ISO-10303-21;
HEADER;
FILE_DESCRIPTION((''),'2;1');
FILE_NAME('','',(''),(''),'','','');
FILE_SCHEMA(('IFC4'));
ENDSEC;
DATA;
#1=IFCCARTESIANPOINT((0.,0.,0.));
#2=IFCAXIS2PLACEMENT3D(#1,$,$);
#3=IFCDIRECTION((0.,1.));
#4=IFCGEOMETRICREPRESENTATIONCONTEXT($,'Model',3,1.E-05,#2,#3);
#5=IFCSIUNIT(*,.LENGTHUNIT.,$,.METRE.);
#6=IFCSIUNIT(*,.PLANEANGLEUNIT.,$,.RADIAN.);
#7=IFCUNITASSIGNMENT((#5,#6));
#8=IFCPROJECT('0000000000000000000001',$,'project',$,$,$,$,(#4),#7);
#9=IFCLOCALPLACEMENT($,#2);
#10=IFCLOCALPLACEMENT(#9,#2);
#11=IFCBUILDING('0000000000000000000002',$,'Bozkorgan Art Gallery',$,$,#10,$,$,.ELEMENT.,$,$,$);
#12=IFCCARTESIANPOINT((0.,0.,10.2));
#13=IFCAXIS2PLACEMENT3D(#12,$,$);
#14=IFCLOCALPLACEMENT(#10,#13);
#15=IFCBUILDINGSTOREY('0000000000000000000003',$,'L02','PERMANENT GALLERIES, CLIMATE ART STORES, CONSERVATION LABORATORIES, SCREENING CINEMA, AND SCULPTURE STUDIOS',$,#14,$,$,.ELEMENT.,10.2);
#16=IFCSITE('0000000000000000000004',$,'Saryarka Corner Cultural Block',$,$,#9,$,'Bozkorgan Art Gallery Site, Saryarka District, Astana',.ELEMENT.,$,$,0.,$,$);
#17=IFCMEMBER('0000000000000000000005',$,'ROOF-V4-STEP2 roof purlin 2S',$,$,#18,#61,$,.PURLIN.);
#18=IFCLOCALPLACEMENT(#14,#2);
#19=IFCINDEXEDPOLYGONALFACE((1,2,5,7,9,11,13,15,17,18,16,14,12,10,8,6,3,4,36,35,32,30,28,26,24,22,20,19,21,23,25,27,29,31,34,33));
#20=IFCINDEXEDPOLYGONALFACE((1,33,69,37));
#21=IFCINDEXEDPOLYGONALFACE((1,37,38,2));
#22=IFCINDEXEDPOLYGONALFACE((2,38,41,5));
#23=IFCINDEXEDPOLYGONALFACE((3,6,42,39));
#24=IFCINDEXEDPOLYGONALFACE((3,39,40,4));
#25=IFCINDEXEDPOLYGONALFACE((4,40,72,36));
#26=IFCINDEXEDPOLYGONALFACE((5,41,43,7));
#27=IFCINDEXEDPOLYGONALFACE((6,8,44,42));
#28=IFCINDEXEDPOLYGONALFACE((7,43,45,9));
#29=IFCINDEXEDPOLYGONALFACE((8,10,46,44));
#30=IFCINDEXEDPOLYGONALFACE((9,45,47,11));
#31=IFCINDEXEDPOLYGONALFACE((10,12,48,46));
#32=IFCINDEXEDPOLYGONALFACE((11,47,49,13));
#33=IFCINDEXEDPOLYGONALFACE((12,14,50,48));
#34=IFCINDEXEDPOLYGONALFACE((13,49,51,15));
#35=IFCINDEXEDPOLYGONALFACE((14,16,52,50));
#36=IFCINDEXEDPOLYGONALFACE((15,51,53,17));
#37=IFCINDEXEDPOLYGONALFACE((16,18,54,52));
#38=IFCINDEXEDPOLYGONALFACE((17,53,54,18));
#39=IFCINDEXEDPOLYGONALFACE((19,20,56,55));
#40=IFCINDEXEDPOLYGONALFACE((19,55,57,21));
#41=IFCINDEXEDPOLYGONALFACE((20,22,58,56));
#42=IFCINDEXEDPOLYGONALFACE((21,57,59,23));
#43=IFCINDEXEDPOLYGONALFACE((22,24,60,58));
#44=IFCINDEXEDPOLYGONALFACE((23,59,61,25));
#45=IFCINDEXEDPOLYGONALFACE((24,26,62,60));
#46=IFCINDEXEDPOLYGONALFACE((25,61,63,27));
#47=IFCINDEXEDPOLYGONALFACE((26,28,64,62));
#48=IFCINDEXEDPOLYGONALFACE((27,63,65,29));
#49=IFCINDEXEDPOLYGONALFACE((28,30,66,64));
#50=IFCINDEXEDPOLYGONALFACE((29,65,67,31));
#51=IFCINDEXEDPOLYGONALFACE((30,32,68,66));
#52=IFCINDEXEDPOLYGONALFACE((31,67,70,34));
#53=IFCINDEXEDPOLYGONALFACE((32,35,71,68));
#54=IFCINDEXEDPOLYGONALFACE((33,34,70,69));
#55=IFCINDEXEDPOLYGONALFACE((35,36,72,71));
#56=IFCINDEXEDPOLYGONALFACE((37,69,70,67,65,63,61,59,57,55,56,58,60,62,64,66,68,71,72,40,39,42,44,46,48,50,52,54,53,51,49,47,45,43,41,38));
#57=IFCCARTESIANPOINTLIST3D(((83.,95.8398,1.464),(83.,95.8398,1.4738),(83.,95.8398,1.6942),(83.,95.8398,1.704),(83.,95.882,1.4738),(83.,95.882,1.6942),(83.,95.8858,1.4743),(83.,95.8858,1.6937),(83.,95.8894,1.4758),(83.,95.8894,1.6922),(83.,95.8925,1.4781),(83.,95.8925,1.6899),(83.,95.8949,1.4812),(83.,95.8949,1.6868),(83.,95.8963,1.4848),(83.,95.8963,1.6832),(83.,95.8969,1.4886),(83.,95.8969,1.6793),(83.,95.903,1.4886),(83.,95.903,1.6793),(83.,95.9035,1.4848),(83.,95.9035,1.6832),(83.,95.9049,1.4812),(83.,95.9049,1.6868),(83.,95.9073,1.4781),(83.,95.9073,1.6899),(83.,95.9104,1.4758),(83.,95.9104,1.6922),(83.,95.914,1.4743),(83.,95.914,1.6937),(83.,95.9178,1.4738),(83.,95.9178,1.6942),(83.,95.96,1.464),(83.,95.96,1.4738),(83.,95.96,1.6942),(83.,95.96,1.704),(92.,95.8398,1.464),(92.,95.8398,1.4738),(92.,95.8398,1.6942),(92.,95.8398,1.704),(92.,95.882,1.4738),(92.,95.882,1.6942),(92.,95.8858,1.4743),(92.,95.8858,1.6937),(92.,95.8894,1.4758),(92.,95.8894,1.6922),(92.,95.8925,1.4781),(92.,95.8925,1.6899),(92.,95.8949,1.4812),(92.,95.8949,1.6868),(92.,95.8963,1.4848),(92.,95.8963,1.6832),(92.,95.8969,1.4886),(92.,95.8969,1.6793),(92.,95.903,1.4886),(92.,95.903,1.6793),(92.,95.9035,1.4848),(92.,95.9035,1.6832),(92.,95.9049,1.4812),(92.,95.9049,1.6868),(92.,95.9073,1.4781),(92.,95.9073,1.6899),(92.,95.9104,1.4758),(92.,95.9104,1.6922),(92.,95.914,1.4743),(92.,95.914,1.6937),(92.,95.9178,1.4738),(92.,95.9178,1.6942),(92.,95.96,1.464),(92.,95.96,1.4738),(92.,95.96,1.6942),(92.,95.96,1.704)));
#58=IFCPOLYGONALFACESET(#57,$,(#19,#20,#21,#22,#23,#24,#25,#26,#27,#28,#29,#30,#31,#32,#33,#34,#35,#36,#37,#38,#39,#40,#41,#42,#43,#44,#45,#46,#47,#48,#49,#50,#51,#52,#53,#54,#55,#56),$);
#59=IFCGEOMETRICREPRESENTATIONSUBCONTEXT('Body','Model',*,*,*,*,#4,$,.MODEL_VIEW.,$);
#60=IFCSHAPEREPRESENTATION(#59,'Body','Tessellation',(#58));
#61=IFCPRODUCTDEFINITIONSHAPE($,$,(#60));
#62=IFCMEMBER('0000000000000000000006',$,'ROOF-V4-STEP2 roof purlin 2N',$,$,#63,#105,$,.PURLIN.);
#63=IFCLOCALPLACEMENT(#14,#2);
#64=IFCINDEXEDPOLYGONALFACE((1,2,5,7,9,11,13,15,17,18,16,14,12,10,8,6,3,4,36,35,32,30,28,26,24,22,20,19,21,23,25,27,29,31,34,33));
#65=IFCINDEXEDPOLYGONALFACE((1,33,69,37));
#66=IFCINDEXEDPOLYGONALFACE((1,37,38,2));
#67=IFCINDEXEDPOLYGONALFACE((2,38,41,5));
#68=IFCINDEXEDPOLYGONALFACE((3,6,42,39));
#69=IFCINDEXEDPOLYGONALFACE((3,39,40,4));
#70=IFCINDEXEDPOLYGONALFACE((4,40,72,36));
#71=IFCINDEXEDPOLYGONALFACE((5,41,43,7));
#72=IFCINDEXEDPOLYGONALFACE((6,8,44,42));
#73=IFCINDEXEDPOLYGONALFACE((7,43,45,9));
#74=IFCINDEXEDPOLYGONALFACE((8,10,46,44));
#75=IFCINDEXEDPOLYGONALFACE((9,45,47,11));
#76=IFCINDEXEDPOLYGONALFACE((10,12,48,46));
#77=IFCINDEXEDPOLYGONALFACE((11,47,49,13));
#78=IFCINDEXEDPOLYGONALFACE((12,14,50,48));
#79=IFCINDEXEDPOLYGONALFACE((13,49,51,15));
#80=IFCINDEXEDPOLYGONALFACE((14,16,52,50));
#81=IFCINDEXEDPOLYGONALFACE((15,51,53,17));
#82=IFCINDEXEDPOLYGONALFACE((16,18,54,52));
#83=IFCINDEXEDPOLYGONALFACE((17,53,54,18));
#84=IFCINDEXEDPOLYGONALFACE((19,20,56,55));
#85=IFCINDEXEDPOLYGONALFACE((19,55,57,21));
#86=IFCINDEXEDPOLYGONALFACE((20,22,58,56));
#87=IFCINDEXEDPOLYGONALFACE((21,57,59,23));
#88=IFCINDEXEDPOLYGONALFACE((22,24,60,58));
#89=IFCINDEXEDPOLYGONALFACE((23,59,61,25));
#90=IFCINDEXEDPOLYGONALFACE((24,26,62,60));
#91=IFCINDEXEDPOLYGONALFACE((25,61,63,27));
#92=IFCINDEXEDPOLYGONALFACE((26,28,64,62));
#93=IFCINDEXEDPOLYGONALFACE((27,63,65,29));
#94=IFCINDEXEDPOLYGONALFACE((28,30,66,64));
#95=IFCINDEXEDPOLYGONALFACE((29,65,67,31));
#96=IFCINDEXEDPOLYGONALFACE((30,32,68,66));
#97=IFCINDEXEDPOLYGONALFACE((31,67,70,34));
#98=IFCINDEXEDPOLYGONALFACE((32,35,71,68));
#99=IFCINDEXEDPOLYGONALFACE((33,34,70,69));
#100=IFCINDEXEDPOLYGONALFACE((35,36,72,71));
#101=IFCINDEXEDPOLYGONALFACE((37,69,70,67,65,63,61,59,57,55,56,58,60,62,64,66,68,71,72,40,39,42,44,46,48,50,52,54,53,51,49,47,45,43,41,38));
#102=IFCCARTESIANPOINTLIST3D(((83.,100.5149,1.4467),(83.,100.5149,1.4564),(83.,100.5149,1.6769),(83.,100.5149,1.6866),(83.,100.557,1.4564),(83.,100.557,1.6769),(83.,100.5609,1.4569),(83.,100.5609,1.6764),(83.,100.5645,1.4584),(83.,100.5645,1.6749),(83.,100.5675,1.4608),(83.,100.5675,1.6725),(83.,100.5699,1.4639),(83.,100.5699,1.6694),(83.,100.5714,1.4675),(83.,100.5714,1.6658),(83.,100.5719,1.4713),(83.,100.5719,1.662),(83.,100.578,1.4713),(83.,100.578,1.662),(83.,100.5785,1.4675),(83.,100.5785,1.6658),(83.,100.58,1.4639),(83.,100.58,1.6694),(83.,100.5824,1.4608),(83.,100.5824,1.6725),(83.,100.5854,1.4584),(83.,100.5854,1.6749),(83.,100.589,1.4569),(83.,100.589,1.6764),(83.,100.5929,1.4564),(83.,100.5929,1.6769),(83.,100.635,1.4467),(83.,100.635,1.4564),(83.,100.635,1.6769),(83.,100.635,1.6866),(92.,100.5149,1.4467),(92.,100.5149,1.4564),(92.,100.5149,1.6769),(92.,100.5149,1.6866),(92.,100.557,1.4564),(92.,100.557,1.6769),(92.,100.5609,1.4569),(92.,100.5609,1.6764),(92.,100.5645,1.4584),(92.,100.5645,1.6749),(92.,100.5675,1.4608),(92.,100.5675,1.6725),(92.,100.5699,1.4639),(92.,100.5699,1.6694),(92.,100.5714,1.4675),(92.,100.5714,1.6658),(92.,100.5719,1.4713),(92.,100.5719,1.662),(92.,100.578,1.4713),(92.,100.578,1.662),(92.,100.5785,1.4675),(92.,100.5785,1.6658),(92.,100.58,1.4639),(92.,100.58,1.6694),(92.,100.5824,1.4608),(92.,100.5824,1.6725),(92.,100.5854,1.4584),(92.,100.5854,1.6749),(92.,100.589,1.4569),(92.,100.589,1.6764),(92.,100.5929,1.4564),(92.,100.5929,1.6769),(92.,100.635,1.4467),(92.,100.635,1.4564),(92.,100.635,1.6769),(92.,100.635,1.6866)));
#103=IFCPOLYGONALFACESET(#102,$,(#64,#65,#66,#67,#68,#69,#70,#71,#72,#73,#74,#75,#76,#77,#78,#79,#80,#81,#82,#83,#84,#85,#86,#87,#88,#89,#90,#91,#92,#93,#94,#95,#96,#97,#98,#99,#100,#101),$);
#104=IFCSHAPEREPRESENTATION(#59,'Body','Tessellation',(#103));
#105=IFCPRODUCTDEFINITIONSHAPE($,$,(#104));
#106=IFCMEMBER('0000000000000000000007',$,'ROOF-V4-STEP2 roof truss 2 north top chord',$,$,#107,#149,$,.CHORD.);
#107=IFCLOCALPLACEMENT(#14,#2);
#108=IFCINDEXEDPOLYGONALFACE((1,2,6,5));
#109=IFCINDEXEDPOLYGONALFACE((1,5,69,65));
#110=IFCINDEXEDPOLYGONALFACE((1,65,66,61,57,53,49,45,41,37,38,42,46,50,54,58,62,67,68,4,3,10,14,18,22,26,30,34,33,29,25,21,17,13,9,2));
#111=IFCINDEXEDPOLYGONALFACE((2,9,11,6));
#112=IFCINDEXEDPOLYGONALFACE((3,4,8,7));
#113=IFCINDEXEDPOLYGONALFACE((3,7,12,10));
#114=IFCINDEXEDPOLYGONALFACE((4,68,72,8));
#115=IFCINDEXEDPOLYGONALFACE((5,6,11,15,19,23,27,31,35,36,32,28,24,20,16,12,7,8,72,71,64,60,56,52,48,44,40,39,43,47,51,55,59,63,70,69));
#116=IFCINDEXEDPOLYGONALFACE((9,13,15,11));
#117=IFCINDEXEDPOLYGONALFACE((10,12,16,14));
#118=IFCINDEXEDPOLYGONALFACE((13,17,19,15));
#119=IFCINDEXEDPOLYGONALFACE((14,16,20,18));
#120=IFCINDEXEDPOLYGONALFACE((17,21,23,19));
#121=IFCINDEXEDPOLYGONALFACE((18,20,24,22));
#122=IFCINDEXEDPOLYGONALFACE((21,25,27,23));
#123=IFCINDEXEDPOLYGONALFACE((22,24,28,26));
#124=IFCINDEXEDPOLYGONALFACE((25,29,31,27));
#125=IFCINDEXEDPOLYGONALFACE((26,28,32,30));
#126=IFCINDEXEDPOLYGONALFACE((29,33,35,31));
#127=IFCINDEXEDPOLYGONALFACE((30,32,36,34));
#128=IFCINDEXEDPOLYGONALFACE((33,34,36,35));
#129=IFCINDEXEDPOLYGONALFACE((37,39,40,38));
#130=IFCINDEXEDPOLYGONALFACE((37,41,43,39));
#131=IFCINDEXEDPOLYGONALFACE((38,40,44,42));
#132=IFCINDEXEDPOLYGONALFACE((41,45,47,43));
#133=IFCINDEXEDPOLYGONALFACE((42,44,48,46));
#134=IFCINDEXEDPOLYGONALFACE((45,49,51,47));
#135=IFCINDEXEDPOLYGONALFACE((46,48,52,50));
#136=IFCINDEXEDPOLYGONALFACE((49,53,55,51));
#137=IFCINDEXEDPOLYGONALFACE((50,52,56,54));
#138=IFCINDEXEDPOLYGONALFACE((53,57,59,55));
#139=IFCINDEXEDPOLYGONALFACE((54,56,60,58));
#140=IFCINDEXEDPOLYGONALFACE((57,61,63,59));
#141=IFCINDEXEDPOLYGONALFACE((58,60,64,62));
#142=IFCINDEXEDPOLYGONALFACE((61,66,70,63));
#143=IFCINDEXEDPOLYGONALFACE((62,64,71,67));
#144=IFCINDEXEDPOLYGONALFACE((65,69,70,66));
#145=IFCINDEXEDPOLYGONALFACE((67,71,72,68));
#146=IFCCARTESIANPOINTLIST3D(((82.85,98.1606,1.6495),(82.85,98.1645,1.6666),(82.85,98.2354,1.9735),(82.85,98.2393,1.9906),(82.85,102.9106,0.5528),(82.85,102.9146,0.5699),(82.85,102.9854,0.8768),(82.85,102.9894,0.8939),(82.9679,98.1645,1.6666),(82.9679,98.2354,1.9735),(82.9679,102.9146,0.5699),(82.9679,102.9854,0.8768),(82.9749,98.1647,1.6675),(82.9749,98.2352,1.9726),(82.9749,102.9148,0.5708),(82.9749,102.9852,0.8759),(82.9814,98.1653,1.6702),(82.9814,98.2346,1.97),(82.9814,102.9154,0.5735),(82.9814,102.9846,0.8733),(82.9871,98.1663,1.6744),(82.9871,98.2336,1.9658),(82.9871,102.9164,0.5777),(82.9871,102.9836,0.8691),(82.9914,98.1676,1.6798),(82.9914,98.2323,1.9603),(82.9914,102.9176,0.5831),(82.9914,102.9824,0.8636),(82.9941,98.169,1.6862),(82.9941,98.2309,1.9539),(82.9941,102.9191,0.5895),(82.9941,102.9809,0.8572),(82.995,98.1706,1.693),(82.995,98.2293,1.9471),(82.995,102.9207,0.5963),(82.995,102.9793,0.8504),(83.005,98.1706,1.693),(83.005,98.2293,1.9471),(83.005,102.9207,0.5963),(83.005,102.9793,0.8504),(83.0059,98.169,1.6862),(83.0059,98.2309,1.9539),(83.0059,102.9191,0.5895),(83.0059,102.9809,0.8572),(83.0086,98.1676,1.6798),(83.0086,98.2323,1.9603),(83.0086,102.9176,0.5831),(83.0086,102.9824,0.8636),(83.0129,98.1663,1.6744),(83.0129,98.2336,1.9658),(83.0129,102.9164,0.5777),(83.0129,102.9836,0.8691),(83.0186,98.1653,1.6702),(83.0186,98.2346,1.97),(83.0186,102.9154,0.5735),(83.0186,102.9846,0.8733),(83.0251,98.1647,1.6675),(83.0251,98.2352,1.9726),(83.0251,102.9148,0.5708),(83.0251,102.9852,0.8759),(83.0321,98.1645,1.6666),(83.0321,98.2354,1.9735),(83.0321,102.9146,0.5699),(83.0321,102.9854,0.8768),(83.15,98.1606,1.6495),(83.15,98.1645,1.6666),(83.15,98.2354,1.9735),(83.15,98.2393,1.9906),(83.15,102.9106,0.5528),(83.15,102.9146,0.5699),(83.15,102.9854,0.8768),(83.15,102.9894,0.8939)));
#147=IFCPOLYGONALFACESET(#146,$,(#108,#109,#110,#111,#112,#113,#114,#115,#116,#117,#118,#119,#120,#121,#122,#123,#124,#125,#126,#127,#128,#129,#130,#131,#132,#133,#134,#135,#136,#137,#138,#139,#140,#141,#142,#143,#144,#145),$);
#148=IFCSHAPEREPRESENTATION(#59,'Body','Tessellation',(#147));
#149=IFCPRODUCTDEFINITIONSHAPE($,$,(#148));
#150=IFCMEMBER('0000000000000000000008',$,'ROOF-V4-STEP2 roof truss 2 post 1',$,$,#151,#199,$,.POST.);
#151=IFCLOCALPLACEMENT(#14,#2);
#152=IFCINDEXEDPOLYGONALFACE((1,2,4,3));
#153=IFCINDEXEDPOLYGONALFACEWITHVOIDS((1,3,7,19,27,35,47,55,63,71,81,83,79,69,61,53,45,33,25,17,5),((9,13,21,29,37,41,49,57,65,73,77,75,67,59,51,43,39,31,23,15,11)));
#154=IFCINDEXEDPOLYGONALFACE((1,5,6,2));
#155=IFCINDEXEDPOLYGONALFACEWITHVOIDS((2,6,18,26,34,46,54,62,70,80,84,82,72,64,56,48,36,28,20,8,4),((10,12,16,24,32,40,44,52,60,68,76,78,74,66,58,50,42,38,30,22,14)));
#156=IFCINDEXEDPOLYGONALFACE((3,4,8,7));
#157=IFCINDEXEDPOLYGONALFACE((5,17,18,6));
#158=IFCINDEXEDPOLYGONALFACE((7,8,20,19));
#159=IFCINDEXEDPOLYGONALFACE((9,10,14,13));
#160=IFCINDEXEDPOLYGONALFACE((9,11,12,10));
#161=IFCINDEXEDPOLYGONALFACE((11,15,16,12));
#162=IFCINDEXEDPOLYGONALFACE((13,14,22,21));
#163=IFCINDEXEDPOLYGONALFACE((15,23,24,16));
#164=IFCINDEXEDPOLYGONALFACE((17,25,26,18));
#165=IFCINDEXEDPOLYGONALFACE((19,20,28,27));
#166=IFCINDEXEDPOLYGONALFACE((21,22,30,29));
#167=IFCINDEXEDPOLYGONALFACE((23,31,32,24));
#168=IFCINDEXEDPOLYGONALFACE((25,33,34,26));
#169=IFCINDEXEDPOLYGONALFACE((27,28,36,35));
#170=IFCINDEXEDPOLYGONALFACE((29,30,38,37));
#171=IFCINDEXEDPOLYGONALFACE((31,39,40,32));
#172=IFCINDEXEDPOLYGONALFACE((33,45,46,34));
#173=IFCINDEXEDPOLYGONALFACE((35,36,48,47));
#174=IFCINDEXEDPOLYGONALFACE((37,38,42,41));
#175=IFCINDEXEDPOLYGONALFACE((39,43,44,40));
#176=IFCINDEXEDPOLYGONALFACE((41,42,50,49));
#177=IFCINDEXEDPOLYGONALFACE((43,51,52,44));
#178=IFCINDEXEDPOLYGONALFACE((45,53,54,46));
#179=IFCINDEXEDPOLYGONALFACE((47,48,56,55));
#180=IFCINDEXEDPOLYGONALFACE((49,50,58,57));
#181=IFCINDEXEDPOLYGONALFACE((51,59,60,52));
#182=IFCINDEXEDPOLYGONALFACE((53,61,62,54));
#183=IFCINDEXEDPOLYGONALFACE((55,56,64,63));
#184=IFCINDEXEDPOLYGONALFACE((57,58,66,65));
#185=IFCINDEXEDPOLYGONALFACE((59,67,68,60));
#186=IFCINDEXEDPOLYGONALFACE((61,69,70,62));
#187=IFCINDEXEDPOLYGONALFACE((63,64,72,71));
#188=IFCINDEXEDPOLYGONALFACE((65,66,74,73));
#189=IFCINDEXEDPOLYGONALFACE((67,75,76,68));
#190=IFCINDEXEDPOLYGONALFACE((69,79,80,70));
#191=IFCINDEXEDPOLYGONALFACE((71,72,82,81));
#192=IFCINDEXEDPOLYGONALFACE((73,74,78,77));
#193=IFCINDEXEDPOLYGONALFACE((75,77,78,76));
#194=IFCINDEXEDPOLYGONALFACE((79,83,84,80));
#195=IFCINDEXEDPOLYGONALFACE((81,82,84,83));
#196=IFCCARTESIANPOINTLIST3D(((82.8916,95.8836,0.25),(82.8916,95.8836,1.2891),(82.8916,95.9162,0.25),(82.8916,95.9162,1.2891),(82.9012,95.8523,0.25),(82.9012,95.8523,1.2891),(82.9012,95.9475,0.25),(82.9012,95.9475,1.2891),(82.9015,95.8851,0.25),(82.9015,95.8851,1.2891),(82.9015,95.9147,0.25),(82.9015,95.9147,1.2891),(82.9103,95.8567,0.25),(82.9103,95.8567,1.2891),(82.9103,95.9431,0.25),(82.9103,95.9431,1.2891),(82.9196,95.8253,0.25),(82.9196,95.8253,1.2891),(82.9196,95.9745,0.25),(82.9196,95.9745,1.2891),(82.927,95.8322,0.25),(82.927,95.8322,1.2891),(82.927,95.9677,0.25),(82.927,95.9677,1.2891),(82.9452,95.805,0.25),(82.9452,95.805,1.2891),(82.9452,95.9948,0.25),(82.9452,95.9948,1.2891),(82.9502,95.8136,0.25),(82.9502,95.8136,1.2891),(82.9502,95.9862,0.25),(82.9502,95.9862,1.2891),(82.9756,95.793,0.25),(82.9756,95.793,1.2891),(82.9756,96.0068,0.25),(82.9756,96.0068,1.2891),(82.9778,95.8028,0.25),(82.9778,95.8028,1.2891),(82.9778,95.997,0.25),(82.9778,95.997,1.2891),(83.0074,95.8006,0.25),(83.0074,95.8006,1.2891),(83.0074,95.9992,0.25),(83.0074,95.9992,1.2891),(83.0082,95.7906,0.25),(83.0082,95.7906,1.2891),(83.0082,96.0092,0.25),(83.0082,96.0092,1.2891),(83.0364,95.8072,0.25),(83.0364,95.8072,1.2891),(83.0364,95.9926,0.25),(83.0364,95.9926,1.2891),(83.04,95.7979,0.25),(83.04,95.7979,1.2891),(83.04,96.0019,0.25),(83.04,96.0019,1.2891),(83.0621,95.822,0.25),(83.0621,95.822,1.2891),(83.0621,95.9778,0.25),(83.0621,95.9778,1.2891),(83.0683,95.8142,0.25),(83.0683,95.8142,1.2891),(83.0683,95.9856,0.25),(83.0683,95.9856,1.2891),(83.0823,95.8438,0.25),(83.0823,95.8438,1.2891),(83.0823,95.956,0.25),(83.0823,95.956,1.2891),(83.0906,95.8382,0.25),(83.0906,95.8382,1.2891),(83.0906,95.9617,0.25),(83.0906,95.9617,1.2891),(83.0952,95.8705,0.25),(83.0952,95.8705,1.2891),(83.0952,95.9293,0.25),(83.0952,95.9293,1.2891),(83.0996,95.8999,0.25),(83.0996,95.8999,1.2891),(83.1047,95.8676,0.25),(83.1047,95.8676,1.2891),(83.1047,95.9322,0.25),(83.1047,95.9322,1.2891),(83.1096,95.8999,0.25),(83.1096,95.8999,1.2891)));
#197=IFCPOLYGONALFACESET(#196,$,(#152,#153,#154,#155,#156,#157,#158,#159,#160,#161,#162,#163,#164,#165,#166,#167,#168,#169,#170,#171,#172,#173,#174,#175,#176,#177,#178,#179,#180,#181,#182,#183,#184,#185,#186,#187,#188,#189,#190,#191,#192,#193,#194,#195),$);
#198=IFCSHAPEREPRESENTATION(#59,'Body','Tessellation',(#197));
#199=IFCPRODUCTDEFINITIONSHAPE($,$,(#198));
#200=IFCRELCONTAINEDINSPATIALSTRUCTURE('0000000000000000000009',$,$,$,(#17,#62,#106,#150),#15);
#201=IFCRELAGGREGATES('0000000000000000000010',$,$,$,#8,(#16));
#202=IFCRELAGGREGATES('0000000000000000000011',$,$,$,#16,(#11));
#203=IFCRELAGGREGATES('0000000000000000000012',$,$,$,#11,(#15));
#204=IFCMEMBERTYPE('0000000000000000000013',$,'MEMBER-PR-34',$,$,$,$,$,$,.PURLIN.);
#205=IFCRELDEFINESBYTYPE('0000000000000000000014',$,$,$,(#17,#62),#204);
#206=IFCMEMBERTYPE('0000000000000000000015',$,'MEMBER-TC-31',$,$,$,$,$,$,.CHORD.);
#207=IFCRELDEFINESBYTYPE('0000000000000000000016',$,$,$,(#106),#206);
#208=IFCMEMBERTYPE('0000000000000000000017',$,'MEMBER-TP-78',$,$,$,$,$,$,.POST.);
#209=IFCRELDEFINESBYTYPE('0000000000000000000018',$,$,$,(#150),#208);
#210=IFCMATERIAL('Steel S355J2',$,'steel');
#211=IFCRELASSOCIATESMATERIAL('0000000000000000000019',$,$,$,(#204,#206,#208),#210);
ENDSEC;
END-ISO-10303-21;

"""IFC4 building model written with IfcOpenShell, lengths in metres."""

from ifc_helpers import new_model, si_unit, direction, frame, origin, origin_2d, place, context, subcontext, project, spatial, hollow_circle, i_section, extrude, material, material_profile, profile_set, type_object, element, save


model = new_model("IFC4")

# Units and contexts
model_context = context("Model", 3, precision=1e-05, world=origin(), true_north=direction((0.0, 1.0)))
body_context = subcontext(model_context, "Body", "Model", "MODEL_VIEW")
ifc_project = project(units=[si_unit("LENGTHUNIT", "METRE"), si_unit("PLANEANGLEUNIT", "RADIAN")], contexts=[model_context])

# Site, building, storey
site_placement = place(None, origin())
site = spatial("IfcSite", under=ifc_project, at=site_placement, Name="Saryarka Corner Cultural Block", LongName="Bozkorgan Art Gallery Site, Saryarka District, Astana", CompositionType="ELEMENT", RefElevation=0.0)
building_placement = place(site_placement, origin())
building = spatial("IfcBuilding", under=site, at=building_placement, Name="Bozkorgan Art Gallery", CompositionType="ELEMENT")
storey_placement = place(building_placement, frame((0.0, 0.0, 10.2)))
storey = spatial("IfcBuildingStorey", under=building, at=storey_placement, Name="L02", Description="PERMANENT GALLERIES, CLIMATE ART STORES, CONSERVATION LABORATORIES, SCREENING CINEMA, AND SCULPTURE STUDIOS", CompositionType="ELEMENT", Elevation=10.2)

# Shared definitions
ifc_material_1 = material(Name="Steel S355J2", Category="steel")

# Members
ifc_material_profile_1 = material_profile(ifc_material_1, i_section(OverallWidth=0.1201, OverallDepth=0.24, WebThickness=0.0061, FlangeThickness=0.0098, FilletRadius=0.0149, at=origin_2d()), Name="IPE 240")
ifc_profile_set_1 = profile_set([ifc_material_profile_1], Name="Steel S355J2")
member_type_1 = type_object("IfcMemberType", Name="MEMBER-PR-34", PredefinedType="PURLIN", material=ifc_profile_set_1)
for number, where, z_axis, x_axis, name in (
    (1, (83.0, 95.8999, 1.584), (1.0, 0.0, 0.0), (0.0, 1.0, 0.0), "ROOF-V4-STEP2 roof purlin 2S"),
    (2, (83.0, 100.575, 1.5667), (1.0, 0.0, 0.0), (0.0, 1.0, 0.0), "ROOF-V4-STEP2 roof purlin 2N"),
):
    element("IfcMember", number, at=place(storey_placement, frame(where, z_axis=z_axis, x_axis=x_axis)), inside=storey, type_object=member_type_1, Name=name, PredefinedType="PURLIN", context=body_context, shape_type="SweptSolid", body=[
        extrude(i_section(OverallWidth=0.1201, OverallDepth=0.24, WebThickness=0.0061, FlangeThickness=0.0098, FilletRadius=0.0149, at=origin_2d()), origin(), (0.0, 0.0, 1.0), 9.0),
    ])
ifc_material_profile_2 = material_profile(ifc_material_1, i_section(OverallWidth=0.3, OverallDepth=0.3501, WebThickness=0.01, FlangeThickness=0.0176, FilletRadius=0.0271, at=origin_2d()), Name="HEA 360")
ifc_profile_set_2 = profile_set([ifc_material_profile_2], Name="Steel S355J2")
member_type_2 = type_object("IfcMemberType", Name="MEMBER-TC-31", PredefinedType="CHORD", material=ifc_profile_set_2)
member_1_placement = place(storey_placement, frame((83.0, 98.2, 1.8201), z_axis=(0.0, 0.974368, -0.224962), x_axis=(-1.0, 0.0, 0.0)))
element("IfcMember", 3, at=member_1_placement, inside=storey, type_object=member_type_2, Name="ROOF-V4-STEP2 roof truss 2 north top chord", PredefinedType="CHORD", context=body_context, shape_type="SweptSolid", body=[
    extrude(i_section(OverallWidth=0.3, OverallDepth=0.3501, WebThickness=0.01, FlangeThickness=0.0176, FilletRadius=0.0271, at=origin_2d()), origin(), (0.0, 0.0, 1.0), 4.875),
])
ifc_material_profile_3 = material_profile(ifc_material_1, hollow_circle(Radius=0.1096, WallThickness=0.01, at=origin_2d()), Name="CHS 219.1x10")
ifc_profile_set_3 = profile_set([ifc_material_profile_3], Name="Steel S355J2")
member_type_3 = type_object("IfcMemberType", Name="MEMBER-TP-78", PredefinedType="POST", material=ifc_profile_set_3)
member_2_placement = place(storey_placement, frame((83.0, 95.8999, 0.25), z_axis=(0.0, 0.0, 1.0), x_axis=(1.0, 0.0, 0.0)))
element("IfcMember", 4, at=member_2_placement, inside=storey, type_object=member_type_3, Name="ROOF-V4-STEP2 roof truss 2 post 1", PredefinedType="POST", context=body_context, shape_type="SweptSolid", body=[
    extrude(hollow_circle(Radius=0.1096, WallThickness=0.01, at=origin_2d()), origin(), (0.0, 0.0, 1.0), 1.0391),
])

save(model, "model.ifc")
